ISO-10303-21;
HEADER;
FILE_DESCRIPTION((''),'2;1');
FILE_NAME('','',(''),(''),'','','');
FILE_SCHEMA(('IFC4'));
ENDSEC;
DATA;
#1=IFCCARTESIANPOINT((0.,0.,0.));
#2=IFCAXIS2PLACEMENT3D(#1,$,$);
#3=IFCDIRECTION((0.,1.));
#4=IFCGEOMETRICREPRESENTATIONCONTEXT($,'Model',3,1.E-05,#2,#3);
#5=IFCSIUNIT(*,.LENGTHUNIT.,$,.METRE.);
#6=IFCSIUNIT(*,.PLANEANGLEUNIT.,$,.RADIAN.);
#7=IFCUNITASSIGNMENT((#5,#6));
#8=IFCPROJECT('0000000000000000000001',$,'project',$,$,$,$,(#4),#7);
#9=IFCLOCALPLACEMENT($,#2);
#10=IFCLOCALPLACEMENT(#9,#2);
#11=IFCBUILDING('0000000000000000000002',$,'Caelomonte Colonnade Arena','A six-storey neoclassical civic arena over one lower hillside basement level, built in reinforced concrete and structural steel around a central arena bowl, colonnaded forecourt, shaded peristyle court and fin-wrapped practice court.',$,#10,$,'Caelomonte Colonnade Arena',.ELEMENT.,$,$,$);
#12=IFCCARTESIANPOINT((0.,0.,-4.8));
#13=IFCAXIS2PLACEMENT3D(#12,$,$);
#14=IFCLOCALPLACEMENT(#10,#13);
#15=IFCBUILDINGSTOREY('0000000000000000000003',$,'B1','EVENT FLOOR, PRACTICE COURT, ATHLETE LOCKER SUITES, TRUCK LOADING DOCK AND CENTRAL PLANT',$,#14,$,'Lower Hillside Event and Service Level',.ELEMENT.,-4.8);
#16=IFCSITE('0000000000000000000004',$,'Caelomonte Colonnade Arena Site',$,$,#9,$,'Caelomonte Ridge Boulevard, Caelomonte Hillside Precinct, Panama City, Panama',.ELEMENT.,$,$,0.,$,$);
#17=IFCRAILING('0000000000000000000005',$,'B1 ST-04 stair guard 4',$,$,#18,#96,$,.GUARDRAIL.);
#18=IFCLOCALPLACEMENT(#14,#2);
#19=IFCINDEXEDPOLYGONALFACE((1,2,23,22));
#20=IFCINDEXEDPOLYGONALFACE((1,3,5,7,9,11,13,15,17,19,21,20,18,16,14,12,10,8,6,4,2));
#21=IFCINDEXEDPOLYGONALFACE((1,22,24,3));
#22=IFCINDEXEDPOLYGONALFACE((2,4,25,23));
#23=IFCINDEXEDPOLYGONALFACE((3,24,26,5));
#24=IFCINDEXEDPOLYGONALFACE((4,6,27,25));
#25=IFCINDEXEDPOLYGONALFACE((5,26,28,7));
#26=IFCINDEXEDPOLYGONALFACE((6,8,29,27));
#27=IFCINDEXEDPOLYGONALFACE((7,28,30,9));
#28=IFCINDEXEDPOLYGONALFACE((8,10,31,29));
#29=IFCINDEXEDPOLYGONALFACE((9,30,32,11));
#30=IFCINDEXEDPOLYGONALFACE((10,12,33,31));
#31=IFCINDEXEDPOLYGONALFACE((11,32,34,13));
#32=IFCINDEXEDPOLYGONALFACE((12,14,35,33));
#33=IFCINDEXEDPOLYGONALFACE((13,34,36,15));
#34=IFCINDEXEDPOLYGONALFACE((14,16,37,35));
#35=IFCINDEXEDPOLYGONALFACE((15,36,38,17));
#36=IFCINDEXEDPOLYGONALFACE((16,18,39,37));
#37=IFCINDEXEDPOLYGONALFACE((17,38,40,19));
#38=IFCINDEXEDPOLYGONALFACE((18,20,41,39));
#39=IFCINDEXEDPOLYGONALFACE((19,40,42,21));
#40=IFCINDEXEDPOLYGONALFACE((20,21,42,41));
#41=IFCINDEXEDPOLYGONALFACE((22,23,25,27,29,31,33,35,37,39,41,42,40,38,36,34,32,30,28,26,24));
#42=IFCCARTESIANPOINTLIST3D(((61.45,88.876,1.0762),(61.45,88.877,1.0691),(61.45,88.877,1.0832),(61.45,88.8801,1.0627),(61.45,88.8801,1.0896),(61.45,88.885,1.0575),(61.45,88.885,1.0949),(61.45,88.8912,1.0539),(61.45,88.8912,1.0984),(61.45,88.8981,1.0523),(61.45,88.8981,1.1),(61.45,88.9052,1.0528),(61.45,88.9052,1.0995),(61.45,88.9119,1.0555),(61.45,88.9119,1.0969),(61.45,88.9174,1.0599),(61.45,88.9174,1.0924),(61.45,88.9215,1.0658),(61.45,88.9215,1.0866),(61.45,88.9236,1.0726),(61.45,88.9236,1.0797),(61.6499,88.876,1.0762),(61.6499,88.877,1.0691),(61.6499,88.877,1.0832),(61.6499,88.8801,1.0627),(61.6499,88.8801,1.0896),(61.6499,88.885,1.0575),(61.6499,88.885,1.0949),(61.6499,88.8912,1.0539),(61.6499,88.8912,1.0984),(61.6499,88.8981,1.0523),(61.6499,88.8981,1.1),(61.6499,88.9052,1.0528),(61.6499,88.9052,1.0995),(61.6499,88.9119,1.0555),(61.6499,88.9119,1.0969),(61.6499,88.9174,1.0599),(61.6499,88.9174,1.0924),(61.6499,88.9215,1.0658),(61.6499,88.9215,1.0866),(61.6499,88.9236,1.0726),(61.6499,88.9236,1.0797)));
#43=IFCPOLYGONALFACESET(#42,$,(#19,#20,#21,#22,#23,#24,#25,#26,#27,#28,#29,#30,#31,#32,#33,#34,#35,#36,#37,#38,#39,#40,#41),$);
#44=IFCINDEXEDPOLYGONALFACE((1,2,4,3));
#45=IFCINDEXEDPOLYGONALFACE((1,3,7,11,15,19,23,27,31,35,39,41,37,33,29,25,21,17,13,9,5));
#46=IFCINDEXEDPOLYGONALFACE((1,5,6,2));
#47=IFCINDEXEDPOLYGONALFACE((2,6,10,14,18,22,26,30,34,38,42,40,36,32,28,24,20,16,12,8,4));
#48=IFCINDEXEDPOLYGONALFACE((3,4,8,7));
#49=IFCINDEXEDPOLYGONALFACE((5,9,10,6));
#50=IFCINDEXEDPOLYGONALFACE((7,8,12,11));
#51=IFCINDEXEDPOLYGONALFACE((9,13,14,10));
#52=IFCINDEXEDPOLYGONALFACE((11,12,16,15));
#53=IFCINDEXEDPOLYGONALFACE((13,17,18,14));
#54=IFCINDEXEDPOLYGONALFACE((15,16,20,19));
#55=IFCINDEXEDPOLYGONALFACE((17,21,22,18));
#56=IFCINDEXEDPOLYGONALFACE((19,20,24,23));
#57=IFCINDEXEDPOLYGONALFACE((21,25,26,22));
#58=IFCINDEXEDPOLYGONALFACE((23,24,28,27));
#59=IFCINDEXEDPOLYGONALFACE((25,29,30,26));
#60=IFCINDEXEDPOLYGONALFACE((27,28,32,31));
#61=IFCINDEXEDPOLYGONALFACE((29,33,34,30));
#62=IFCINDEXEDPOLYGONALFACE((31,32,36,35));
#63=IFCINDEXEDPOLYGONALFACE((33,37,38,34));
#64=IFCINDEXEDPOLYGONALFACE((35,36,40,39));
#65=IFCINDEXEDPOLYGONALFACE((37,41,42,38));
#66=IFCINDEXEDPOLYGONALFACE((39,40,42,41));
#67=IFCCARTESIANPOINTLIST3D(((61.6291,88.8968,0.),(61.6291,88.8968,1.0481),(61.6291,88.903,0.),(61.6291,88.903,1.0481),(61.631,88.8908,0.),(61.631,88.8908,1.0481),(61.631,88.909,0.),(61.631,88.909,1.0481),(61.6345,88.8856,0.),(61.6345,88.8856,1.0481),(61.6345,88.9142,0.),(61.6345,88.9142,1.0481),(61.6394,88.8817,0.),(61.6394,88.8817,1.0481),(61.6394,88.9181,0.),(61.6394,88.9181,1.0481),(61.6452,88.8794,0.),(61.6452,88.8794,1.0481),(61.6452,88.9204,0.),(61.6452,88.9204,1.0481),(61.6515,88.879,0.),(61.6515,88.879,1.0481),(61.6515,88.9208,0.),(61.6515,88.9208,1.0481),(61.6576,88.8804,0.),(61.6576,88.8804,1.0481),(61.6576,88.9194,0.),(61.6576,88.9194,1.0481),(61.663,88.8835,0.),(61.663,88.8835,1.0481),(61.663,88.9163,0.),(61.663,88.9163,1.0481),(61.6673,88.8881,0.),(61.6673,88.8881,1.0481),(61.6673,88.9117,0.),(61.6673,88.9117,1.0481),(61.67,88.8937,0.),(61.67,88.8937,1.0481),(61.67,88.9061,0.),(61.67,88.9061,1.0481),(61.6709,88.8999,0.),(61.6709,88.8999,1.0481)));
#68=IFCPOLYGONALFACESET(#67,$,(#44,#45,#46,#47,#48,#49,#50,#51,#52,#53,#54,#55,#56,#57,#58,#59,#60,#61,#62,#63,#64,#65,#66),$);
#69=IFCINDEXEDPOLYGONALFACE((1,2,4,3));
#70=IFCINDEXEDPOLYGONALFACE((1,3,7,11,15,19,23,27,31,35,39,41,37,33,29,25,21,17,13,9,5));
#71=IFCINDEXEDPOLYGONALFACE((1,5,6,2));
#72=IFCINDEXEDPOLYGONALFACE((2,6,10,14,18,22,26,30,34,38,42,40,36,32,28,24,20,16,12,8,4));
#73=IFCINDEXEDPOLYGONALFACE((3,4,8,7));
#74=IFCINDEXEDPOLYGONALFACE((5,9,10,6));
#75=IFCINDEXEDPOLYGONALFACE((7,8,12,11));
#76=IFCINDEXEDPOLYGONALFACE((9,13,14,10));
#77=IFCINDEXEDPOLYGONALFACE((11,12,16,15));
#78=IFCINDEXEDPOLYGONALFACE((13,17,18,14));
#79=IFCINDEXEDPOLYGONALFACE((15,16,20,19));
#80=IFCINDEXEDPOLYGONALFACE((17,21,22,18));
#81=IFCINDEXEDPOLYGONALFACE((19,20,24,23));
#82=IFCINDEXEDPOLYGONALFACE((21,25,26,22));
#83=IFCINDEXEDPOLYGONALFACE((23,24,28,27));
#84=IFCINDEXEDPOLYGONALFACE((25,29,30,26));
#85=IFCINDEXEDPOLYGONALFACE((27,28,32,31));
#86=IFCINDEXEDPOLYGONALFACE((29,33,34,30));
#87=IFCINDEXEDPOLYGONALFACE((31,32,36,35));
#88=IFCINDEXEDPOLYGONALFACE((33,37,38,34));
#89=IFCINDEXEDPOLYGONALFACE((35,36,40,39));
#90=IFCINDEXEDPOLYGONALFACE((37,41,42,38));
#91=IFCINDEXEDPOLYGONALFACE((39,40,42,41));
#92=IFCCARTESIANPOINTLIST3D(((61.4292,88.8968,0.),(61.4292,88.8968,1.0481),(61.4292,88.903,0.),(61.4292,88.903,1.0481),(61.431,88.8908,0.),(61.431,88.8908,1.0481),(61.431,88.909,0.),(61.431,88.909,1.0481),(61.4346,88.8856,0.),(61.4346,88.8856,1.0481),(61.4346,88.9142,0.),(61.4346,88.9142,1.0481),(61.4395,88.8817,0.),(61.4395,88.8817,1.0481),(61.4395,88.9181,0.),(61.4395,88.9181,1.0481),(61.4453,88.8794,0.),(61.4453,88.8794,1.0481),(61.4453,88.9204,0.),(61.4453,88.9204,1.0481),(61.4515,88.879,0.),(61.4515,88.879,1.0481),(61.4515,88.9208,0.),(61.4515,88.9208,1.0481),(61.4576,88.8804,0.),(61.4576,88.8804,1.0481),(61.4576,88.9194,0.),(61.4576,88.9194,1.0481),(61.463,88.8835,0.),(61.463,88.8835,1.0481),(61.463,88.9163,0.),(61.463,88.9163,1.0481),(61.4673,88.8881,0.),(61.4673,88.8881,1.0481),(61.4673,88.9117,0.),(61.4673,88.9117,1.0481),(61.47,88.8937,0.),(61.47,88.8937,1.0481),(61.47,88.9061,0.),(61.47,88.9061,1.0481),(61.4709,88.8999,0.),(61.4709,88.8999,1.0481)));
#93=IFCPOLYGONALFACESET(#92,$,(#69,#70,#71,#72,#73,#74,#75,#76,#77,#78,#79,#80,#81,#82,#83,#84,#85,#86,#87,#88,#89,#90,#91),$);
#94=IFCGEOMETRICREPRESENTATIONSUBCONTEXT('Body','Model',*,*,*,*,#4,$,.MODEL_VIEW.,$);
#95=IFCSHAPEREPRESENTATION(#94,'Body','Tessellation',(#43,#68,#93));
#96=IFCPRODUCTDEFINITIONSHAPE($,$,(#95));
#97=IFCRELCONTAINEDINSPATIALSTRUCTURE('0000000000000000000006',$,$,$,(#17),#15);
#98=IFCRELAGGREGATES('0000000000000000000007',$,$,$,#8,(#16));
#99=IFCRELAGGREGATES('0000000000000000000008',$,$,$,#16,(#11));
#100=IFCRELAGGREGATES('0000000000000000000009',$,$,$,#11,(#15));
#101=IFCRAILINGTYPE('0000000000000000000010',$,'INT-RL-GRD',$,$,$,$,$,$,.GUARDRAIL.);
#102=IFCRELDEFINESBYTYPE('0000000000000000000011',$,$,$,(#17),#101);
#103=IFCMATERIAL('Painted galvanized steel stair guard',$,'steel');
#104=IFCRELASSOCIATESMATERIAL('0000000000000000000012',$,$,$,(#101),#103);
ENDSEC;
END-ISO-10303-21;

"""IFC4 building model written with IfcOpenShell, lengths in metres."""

from ifc_helpers import new_model, si_unit, direction, frame, origin, origin_2d, place, context, subcontext, project, spatial, circle, extrude, material, type_object, element, save


model = new_model("IFC4")

# Units and contexts
model_context = context("Model", 3, precision=1e-05, world=origin(), true_north=direction((0.0, 1.0)))
body_context = subcontext(model_context, "Body", "Model", "MODEL_VIEW")
ifc_project = project(units=[si_unit("LENGTHUNIT", "METRE"), si_unit("PLANEANGLEUNIT", "RADIAN")], contexts=[model_context])

# Site, building, storey
site_placement = place(None, origin())
site = spatial("IfcSite", under=ifc_project, at=site_placement, Name="Caelomonte Colonnade Arena Site", LongName="Caelomonte Ridge Boulevard, Caelomonte Hillside Precinct, Panama City, Panama", CompositionType="ELEMENT", RefElevation=0.0)
building_placement = place(site_placement, origin())
building = spatial("IfcBuilding", under=site, at=building_placement, Name="Caelomonte Colonnade Arena", Description="A six-storey neoclassical civic arena over one lower hillside basement level, built in reinforced concrete and structural steel around a central arena bowl, colonnaded forecourt, shaded peristyle court and fin-wrapped practice court.", LongName="Caelomonte Colonnade Arena", CompositionType="ELEMENT")
storey_placement = place(building_placement, frame((0.0, 0.0, -4.8)))
storey = spatial("IfcBuildingStorey", under=building, at=storey_placement, Name="B1", Description="EVENT FLOOR, PRACTICE COURT, ATHLETE LOCKER SUITES, TRUCK LOADING DOCK AND CENTRAL PLANT", LongName="Lower Hillside Event and Service Level", CompositionType="ELEMENT", Elevation=-4.8)

# Railing
ifc_material_1 = material(Name="Painted galvanized steel stair guard", Category="steel")
railing_type_1 = type_object("IfcRailingType", Name="INT-RL-GRD", PredefinedType="GUARDRAIL", material=ifc_material_1)
railing_1_placement = place(storey_placement, frame((61.6499, 88.8999, 0.0)))
element("IfcRailing", 1, at=railing_1_placement, inside=storey, type_object=railing_type_1, Name="B1 ST-04 stair guard 4", PredefinedType="GUARDRAIL", context=body_context, shape_type="SweptSolid", body=[
    extrude(circle(Radius=0.0239, at=origin_2d()), frame((0.0, 0.0, 1.0762), z_axis=(-1.0, 0.0, 0.0), x_axis=(0.0, -1.0, 0.0)), (0.0, 0.0, 1.0), 0.2),
    extrude(circle(Radius=0.021, at=origin_2d()), origin(), (0.0, 0.0, 1.0), 1.0481),
    extrude(circle(Radius=0.021, at=origin_2d()), frame((-0.2, 0.0, 0.0)), (0.0, 0.0, 1.0), 1.0481),
])

save(model, "model.ifc")
